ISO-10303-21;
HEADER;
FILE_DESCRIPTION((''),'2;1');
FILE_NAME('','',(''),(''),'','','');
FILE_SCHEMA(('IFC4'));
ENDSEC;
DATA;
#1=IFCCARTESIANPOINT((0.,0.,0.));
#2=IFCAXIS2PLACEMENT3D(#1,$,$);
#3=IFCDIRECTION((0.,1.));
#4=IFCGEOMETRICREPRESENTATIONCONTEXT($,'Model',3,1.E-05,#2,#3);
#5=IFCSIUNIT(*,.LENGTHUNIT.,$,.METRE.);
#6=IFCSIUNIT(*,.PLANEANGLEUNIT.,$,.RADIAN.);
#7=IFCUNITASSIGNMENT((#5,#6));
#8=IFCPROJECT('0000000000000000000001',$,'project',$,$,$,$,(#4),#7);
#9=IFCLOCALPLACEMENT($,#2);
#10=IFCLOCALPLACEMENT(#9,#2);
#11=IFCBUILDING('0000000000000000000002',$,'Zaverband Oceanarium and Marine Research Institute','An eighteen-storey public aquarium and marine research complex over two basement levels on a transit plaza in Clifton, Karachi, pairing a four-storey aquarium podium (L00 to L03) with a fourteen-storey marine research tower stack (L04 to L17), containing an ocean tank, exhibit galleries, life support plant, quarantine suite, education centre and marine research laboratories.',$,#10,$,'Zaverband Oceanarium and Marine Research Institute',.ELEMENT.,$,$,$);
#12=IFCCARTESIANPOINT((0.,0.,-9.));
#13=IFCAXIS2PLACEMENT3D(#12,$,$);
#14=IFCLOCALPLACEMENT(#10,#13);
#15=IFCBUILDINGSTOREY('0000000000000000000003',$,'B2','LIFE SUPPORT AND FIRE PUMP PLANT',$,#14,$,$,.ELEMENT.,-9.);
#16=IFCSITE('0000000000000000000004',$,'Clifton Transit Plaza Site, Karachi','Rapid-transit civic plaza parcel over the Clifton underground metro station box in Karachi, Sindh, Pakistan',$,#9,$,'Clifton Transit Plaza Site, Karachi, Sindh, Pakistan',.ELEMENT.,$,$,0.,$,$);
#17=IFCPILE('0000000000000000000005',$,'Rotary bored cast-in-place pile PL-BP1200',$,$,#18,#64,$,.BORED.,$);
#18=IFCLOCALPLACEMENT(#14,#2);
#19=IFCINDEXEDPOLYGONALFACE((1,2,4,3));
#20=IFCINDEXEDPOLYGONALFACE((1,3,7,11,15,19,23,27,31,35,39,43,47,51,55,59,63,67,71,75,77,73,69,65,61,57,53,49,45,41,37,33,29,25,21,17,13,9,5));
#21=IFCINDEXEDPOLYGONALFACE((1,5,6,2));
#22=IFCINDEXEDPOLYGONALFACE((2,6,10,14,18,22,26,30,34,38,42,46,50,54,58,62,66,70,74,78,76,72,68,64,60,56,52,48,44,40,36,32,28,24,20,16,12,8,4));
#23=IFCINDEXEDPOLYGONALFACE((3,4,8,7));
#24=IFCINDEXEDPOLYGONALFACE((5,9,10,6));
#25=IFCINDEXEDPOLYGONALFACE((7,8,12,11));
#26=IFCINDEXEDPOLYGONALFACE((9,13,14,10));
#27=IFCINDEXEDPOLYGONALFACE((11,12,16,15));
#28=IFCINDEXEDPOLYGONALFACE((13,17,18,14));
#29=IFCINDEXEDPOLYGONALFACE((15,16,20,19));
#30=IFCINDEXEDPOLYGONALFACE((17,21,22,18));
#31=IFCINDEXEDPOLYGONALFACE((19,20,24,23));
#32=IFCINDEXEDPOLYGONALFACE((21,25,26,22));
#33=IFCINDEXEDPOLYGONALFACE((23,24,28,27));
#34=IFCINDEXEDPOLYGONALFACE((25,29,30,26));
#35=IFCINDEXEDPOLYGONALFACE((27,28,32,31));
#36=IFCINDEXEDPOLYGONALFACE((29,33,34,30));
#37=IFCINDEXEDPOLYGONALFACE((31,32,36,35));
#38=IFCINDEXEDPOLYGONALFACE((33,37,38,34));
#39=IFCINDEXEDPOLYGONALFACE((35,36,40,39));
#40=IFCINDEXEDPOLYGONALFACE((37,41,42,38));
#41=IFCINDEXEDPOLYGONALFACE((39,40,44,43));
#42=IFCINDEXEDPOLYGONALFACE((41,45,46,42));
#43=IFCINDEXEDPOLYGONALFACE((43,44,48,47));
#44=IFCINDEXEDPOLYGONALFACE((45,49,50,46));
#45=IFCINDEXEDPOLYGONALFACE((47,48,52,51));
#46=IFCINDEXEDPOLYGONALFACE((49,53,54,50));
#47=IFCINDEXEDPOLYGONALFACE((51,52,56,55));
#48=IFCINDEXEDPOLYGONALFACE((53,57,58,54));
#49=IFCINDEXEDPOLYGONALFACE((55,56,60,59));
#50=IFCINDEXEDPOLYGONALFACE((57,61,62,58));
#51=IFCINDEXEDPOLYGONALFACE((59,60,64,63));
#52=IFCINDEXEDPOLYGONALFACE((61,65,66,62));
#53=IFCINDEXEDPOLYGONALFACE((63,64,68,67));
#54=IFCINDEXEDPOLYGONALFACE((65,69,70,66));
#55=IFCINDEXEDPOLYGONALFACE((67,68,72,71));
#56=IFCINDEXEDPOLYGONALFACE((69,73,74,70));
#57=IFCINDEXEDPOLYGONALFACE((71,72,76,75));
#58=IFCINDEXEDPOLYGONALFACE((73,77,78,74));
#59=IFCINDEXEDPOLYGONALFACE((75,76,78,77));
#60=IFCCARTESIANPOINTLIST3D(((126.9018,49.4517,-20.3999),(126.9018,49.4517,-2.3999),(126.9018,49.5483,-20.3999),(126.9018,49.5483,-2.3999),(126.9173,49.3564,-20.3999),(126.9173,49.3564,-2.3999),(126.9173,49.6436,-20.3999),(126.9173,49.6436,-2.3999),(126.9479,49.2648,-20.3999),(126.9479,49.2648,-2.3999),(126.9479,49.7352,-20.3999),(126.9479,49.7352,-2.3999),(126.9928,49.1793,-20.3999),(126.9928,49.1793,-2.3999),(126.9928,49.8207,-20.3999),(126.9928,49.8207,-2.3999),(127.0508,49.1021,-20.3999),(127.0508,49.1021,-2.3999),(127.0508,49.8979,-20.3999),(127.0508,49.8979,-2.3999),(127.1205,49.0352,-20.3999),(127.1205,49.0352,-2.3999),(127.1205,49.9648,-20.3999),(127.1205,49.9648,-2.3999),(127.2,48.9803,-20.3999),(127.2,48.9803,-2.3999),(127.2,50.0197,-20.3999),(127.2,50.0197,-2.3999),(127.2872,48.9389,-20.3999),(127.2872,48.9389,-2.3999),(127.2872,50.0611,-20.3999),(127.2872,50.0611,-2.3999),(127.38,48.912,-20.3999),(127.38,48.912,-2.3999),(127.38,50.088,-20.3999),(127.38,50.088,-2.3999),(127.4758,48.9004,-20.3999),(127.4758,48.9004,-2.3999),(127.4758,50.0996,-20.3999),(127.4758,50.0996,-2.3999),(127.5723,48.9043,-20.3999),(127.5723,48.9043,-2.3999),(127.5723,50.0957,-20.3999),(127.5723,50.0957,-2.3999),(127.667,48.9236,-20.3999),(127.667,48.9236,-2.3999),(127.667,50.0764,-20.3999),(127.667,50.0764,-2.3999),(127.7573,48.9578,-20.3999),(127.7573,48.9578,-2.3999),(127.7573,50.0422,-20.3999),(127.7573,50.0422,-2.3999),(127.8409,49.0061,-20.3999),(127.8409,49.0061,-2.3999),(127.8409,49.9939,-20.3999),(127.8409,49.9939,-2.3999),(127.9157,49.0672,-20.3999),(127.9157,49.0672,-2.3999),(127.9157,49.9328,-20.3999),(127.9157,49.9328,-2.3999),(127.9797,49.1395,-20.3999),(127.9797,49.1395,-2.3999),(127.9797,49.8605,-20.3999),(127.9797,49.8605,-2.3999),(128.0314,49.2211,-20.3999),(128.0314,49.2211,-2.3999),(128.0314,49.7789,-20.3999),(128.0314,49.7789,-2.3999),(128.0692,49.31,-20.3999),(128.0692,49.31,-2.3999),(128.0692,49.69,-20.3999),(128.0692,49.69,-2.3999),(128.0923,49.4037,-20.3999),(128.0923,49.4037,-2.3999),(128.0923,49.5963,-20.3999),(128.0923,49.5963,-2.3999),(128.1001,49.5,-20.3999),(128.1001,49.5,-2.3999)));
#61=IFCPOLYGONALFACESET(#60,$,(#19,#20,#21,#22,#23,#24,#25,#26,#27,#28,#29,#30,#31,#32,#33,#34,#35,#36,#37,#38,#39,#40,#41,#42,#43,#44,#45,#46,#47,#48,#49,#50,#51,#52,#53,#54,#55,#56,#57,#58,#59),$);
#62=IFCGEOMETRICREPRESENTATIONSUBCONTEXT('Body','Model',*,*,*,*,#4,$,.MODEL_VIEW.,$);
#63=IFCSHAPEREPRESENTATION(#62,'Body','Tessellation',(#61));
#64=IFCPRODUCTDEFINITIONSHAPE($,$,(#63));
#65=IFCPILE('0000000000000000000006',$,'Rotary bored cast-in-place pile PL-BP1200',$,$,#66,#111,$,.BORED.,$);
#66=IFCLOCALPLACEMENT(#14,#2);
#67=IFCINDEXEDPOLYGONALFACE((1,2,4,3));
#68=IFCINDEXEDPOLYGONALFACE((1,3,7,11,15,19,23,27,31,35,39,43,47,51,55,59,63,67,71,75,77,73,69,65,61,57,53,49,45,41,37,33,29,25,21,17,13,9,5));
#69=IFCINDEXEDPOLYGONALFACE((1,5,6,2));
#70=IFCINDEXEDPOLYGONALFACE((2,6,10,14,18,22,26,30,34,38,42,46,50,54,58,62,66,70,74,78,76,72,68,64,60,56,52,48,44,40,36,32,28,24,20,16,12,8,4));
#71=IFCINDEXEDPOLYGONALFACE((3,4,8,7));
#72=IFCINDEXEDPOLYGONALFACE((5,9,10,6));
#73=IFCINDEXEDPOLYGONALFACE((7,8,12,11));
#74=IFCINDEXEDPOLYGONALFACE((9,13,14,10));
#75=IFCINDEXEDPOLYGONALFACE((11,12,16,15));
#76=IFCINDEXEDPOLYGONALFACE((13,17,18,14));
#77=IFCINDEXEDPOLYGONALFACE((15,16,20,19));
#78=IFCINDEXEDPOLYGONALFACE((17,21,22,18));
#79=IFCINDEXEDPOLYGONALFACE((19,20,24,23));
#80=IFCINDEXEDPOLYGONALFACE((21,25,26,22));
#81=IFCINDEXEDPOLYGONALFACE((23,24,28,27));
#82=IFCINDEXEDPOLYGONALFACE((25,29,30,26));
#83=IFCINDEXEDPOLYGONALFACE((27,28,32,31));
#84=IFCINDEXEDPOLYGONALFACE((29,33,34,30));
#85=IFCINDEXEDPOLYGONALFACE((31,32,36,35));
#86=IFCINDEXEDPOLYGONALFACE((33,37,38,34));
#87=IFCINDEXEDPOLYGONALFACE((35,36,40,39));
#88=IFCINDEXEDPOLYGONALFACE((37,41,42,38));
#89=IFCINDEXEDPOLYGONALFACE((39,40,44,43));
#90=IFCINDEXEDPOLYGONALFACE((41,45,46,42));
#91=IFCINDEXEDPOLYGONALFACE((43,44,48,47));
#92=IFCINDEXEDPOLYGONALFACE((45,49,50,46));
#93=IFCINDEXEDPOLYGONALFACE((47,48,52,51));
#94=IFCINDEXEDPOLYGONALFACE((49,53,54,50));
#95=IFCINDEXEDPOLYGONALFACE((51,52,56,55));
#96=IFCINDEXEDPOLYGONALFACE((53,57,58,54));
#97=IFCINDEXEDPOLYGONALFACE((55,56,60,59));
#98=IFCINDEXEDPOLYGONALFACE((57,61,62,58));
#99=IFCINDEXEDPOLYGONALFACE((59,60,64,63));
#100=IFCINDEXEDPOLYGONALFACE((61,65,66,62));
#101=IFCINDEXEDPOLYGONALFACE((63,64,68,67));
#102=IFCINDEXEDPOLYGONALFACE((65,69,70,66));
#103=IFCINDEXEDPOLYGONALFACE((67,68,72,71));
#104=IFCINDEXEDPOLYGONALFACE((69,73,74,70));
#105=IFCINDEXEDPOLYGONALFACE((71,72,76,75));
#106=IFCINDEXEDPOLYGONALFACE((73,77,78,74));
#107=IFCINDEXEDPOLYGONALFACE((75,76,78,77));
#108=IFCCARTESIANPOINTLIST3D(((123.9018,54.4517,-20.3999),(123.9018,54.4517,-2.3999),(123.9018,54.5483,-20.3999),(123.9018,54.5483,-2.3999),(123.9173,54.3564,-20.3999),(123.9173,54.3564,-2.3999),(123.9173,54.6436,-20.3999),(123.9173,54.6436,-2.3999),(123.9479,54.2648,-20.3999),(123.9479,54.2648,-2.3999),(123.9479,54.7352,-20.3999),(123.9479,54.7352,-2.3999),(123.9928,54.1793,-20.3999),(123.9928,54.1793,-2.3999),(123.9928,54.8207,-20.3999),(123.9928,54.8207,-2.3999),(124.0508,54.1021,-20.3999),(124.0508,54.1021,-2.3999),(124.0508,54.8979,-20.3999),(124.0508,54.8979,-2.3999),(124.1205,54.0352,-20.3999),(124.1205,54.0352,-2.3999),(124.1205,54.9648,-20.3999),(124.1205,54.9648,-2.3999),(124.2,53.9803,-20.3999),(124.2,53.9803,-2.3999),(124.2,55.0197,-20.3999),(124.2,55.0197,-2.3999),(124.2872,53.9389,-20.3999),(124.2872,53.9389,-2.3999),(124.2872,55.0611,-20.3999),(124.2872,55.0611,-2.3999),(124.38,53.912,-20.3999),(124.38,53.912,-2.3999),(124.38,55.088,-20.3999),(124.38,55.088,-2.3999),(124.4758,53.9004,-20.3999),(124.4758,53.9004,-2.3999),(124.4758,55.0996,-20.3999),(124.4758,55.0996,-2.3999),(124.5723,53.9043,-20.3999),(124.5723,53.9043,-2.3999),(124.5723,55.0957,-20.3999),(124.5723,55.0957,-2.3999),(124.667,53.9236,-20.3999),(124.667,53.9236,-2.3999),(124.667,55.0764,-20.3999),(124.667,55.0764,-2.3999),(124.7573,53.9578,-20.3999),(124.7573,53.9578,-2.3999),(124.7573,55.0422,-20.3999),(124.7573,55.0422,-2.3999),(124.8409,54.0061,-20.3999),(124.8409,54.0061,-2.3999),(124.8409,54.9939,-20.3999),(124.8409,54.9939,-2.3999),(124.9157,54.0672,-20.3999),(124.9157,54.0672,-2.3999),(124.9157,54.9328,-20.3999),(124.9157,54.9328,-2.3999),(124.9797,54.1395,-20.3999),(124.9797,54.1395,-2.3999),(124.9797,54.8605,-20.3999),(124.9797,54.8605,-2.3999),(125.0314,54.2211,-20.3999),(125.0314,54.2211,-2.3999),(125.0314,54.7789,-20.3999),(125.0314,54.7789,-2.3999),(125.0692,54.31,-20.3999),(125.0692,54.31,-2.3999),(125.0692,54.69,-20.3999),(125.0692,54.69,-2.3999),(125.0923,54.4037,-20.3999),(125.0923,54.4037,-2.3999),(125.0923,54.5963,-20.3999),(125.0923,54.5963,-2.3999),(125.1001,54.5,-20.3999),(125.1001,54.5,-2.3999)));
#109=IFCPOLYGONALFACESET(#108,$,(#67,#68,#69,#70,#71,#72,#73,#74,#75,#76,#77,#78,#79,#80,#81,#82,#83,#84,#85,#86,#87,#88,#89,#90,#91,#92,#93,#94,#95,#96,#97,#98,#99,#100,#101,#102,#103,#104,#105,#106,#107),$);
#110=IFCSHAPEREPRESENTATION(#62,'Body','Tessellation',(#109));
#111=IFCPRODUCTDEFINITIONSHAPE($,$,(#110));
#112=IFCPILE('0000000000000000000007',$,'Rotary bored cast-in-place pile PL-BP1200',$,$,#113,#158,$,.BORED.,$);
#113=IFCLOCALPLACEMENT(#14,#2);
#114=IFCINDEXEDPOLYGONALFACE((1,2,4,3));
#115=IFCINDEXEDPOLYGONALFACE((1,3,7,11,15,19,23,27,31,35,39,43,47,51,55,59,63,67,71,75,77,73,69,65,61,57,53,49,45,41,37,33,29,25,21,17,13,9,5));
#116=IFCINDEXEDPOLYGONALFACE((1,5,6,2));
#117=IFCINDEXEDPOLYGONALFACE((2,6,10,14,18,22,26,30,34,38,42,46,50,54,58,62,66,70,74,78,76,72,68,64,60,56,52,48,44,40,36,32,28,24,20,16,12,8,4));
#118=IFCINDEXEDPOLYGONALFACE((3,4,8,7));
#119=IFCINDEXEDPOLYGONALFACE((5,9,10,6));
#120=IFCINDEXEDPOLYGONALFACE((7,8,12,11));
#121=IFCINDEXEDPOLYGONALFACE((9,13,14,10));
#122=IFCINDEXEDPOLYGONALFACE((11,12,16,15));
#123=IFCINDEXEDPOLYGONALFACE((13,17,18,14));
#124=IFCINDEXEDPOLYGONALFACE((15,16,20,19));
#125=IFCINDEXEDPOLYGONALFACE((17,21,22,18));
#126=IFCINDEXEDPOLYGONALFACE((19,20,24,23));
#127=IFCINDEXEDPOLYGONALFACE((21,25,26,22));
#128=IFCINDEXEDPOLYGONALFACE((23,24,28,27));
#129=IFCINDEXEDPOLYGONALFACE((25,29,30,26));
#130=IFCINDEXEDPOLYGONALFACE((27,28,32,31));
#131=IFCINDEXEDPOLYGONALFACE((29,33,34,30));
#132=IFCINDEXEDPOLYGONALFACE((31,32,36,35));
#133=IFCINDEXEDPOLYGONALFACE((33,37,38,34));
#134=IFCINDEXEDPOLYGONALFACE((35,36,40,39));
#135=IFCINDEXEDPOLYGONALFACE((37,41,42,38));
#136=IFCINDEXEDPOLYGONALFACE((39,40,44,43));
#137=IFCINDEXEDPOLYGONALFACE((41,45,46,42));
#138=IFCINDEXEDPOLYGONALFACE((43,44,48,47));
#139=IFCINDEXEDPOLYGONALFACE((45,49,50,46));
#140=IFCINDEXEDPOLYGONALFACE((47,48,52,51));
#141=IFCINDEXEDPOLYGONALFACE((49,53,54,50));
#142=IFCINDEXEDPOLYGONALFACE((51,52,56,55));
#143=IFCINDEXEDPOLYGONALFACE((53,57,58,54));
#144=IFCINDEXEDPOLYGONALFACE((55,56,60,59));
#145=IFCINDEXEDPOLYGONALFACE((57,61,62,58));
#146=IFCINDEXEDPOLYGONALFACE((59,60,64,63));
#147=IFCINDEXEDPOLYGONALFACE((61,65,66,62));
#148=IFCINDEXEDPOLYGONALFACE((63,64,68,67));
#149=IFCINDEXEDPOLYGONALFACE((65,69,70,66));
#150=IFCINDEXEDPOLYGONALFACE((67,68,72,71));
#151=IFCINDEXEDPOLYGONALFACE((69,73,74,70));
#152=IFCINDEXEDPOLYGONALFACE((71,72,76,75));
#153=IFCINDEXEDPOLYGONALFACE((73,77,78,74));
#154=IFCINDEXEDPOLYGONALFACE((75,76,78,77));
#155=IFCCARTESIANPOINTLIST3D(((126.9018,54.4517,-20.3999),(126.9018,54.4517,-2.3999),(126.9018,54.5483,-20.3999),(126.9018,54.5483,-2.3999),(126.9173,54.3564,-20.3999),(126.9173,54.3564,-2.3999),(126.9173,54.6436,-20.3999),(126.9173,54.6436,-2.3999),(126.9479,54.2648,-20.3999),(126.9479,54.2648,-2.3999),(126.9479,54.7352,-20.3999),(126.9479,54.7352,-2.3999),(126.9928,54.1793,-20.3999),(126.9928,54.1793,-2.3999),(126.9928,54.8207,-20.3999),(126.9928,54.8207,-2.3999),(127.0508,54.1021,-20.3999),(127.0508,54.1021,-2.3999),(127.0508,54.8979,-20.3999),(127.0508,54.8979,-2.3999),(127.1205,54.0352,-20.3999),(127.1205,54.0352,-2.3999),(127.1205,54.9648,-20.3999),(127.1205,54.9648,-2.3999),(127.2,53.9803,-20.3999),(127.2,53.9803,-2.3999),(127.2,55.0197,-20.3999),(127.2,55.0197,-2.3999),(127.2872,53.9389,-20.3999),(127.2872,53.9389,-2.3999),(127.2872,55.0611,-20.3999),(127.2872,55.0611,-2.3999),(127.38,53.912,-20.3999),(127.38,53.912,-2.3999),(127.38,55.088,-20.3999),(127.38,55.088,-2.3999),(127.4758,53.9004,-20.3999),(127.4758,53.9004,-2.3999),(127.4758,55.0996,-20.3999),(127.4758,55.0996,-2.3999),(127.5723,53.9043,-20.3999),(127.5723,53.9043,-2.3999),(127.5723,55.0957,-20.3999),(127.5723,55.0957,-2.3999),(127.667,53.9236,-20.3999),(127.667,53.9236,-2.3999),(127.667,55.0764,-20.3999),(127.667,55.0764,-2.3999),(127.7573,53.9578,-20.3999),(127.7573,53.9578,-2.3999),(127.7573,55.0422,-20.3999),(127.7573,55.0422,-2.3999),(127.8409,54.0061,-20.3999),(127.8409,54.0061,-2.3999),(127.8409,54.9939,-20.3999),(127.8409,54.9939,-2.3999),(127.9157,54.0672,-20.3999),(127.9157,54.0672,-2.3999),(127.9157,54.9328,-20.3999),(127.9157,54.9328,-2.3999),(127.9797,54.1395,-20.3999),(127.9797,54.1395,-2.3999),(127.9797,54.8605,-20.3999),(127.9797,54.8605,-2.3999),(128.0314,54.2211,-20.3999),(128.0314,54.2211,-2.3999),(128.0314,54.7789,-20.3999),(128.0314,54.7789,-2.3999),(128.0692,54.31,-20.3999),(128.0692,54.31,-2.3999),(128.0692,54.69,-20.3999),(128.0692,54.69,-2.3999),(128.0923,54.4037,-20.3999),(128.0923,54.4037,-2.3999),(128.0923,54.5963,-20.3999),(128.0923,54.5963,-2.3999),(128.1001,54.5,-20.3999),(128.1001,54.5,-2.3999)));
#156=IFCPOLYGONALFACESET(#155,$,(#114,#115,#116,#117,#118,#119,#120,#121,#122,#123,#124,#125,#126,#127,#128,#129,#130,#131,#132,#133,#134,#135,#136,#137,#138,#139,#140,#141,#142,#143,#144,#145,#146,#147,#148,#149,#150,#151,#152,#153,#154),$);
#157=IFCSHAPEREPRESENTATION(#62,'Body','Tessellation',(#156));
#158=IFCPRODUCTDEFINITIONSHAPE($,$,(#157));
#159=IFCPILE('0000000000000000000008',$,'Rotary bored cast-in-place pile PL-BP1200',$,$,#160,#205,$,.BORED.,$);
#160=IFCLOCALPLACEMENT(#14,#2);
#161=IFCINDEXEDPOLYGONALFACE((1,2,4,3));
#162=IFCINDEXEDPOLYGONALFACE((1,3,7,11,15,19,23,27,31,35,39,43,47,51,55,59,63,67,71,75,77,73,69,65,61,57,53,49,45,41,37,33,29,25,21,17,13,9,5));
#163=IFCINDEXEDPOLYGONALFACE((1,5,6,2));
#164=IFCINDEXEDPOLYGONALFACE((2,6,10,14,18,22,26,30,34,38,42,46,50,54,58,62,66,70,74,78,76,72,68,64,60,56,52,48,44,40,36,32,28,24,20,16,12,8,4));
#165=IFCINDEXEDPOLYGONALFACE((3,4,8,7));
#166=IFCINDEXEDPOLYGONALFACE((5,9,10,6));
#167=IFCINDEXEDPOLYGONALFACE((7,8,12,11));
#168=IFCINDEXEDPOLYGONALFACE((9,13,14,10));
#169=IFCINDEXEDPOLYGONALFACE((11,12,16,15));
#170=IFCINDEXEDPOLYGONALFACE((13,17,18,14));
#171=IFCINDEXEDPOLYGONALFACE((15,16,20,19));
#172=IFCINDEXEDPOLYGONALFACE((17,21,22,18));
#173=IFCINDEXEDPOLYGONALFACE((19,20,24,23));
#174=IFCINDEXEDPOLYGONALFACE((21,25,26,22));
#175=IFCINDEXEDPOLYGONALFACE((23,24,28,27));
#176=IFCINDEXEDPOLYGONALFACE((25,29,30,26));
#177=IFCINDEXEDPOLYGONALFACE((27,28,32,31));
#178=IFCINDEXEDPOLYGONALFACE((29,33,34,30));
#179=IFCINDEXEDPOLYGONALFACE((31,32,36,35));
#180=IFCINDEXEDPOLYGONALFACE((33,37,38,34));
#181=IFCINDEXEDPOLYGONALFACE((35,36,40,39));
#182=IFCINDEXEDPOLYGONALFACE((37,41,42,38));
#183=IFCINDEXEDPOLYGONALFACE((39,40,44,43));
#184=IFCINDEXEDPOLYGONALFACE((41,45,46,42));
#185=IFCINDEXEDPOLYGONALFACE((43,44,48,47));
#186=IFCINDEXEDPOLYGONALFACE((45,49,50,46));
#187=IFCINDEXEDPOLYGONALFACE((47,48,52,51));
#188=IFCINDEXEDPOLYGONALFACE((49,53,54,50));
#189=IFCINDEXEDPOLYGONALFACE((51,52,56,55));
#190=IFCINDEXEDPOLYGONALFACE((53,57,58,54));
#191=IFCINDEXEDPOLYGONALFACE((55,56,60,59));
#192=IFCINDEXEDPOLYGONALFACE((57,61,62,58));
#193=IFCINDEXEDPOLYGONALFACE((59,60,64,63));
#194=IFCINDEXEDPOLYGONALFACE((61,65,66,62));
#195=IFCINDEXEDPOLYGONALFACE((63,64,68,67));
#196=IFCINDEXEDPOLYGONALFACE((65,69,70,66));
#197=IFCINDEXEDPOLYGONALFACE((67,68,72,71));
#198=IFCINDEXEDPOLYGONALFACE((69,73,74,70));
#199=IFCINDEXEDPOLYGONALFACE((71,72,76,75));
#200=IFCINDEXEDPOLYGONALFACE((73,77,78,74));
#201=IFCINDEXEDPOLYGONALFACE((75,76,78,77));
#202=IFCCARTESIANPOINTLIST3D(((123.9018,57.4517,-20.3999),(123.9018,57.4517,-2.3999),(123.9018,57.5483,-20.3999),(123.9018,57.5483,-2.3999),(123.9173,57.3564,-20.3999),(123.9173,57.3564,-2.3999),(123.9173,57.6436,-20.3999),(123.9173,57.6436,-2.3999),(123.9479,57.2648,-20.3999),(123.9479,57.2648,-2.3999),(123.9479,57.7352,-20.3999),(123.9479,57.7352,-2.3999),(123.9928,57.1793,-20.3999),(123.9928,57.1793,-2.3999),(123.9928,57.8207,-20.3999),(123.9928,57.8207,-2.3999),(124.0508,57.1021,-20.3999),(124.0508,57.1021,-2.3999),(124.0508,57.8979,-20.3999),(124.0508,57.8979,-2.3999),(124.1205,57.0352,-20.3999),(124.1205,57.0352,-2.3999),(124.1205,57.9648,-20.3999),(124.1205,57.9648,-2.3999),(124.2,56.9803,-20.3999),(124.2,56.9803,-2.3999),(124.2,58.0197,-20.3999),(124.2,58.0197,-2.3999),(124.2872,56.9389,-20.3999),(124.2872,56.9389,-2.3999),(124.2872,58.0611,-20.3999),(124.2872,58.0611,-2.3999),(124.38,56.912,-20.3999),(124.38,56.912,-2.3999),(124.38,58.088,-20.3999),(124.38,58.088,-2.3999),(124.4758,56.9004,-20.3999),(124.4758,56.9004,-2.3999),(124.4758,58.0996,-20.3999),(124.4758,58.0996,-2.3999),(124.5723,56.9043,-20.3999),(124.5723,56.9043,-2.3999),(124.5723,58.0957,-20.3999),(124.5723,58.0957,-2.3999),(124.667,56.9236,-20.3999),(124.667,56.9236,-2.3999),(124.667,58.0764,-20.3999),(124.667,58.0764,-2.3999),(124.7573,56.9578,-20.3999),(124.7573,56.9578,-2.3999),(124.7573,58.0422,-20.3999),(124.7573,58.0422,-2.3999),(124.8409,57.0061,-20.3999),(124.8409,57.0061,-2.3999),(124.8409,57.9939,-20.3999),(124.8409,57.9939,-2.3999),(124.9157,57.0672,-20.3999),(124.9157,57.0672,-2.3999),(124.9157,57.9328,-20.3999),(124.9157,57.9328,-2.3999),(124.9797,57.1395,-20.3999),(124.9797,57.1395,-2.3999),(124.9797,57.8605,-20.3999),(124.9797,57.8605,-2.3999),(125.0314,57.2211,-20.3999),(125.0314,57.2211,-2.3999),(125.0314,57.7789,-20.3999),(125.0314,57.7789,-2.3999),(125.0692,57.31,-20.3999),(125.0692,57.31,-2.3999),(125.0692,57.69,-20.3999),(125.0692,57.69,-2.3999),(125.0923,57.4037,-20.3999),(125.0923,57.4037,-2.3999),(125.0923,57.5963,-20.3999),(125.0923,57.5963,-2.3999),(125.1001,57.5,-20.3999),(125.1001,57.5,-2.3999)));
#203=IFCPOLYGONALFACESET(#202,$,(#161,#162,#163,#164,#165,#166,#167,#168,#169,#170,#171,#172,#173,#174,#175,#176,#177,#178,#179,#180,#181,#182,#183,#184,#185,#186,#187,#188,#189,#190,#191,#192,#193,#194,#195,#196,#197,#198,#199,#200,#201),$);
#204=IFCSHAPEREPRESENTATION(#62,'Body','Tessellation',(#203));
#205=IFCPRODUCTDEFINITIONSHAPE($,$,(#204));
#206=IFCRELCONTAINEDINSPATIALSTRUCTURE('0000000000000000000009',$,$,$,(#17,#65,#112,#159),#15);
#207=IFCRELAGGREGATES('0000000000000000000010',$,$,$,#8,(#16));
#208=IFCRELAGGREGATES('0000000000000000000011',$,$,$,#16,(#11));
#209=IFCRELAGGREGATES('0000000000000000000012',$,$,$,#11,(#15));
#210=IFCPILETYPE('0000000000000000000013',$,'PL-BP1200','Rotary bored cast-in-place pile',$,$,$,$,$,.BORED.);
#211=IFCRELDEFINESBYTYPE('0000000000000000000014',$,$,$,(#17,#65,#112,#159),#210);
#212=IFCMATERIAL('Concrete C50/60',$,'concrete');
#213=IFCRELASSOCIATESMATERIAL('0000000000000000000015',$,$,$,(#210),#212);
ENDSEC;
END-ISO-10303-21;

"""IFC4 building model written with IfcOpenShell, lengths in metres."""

from ifc_helpers import new_model, si_unit, direction, frame, origin, origin_2d, place, context, subcontext, project, spatial, circle, extrude, material, material_profile, profile_set, type_object, element, save


model = new_model("IFC4")

# Units and contexts
model_context = context("Model", 3, precision=1e-05, world=origin(), true_north=direction((0.0, 1.0)))
body_context = subcontext(model_context, "Body", "Model", "MODEL_VIEW")
ifc_project = project(units=[si_unit("LENGTHUNIT", "METRE"), si_unit("PLANEANGLEUNIT", "RADIAN")], contexts=[model_context])

# Site, building, storey
site_placement = place(None, origin())
site = spatial("IfcSite", under=ifc_project, at=site_placement, Name="Clifton Transit Plaza Site, Karachi", Description="Rapid-transit civic plaza parcel over the Clifton underground metro station box in Karachi, Sindh, Pakistan", LongName="Clifton Transit Plaza Site, Karachi, Sindh, Pakistan", CompositionType="ELEMENT", RefElevation=0.0)
building_placement = place(site_placement, origin())
building = spatial("IfcBuilding", under=site, at=building_placement, Name="Zaverband Oceanarium and Marine Research Institute", Description="An eighteen-storey public aquarium and marine research complex over two basement levels on a transit plaza in Clifton, Karachi, pairing a four-storey aquarium podium (L00 to L03) with a fourteen-storey marine research tower stack (L04 to L17), containing an ocean tank, exhibit galleries, life support plant, quarantine suite, education centre and marine research laboratories.", LongName="Zaverband Oceanarium and Marine Research Institute", CompositionType="ELEMENT")
storey_placement = place(building_placement, frame((0.0, 0.0, -9.0)))
storey = spatial("IfcBuildingStorey", under=building, at=storey_placement, Name="B2", Description="LIFE SUPPORT AND FIRE PUMP PLANT", CompositionType="ELEMENT", Elevation=-9.0)

# Shared definitions
ifc_material_1 = material(Name="Concrete C50/60", Category="concrete")

# Piles
ifc_material_profile_1 = material_profile(ifc_material_1, circle(Radius=0.6001, at=origin_2d()), Name="BP1200")
ifc_profile_set_1 = profile_set([ifc_material_profile_1], Name="Concrete C50/60")
pile_type = type_object("IfcPileType", Name="PL-BP1200", Description="Rotary bored cast-in-place pile", PredefinedType="BORED", material=ifc_profile_set_1)
for number, where, z_axis, x_axis, name in (
    (1, (127.5, 49.5, -2.3999), (0.0, 0.0, -1.0), (1.0, 0.0, 0.0), "Rotary bored cast-in-place pile PL-BP1200"),
    (2, (124.5, 54.5, -2.3999), (0.0, 0.0, -1.0), (1.0, 0.0, 0.0), "Rotary bored cast-in-place pile PL-BP1200"),
    (3, (127.5, 54.5, -2.3999), (0.0, 0.0, -1.0), (1.0, 0.0, 0.0), "Rotary bored cast-in-place pile PL-BP1200"),
    (4, (124.5, 57.5, -2.3999), (0.0, 0.0, -1.0), (1.0, 0.0, 0.0), "Rotary bored cast-in-place pile PL-BP1200"),
):
    element("IfcPile", number, at=place(storey_placement, frame(where, z_axis=z_axis, x_axis=x_axis)), inside=storey, type_object=pile_type, Name=name, PredefinedType="BORED", context=body_context, shape_type="SweptSolid", body=[
        extrude(circle(Radius=0.6001, at=origin_2d()), origin(), (0.0, 0.0, 1.0), 18.0),
    ])

save(model, "model.ifc")
